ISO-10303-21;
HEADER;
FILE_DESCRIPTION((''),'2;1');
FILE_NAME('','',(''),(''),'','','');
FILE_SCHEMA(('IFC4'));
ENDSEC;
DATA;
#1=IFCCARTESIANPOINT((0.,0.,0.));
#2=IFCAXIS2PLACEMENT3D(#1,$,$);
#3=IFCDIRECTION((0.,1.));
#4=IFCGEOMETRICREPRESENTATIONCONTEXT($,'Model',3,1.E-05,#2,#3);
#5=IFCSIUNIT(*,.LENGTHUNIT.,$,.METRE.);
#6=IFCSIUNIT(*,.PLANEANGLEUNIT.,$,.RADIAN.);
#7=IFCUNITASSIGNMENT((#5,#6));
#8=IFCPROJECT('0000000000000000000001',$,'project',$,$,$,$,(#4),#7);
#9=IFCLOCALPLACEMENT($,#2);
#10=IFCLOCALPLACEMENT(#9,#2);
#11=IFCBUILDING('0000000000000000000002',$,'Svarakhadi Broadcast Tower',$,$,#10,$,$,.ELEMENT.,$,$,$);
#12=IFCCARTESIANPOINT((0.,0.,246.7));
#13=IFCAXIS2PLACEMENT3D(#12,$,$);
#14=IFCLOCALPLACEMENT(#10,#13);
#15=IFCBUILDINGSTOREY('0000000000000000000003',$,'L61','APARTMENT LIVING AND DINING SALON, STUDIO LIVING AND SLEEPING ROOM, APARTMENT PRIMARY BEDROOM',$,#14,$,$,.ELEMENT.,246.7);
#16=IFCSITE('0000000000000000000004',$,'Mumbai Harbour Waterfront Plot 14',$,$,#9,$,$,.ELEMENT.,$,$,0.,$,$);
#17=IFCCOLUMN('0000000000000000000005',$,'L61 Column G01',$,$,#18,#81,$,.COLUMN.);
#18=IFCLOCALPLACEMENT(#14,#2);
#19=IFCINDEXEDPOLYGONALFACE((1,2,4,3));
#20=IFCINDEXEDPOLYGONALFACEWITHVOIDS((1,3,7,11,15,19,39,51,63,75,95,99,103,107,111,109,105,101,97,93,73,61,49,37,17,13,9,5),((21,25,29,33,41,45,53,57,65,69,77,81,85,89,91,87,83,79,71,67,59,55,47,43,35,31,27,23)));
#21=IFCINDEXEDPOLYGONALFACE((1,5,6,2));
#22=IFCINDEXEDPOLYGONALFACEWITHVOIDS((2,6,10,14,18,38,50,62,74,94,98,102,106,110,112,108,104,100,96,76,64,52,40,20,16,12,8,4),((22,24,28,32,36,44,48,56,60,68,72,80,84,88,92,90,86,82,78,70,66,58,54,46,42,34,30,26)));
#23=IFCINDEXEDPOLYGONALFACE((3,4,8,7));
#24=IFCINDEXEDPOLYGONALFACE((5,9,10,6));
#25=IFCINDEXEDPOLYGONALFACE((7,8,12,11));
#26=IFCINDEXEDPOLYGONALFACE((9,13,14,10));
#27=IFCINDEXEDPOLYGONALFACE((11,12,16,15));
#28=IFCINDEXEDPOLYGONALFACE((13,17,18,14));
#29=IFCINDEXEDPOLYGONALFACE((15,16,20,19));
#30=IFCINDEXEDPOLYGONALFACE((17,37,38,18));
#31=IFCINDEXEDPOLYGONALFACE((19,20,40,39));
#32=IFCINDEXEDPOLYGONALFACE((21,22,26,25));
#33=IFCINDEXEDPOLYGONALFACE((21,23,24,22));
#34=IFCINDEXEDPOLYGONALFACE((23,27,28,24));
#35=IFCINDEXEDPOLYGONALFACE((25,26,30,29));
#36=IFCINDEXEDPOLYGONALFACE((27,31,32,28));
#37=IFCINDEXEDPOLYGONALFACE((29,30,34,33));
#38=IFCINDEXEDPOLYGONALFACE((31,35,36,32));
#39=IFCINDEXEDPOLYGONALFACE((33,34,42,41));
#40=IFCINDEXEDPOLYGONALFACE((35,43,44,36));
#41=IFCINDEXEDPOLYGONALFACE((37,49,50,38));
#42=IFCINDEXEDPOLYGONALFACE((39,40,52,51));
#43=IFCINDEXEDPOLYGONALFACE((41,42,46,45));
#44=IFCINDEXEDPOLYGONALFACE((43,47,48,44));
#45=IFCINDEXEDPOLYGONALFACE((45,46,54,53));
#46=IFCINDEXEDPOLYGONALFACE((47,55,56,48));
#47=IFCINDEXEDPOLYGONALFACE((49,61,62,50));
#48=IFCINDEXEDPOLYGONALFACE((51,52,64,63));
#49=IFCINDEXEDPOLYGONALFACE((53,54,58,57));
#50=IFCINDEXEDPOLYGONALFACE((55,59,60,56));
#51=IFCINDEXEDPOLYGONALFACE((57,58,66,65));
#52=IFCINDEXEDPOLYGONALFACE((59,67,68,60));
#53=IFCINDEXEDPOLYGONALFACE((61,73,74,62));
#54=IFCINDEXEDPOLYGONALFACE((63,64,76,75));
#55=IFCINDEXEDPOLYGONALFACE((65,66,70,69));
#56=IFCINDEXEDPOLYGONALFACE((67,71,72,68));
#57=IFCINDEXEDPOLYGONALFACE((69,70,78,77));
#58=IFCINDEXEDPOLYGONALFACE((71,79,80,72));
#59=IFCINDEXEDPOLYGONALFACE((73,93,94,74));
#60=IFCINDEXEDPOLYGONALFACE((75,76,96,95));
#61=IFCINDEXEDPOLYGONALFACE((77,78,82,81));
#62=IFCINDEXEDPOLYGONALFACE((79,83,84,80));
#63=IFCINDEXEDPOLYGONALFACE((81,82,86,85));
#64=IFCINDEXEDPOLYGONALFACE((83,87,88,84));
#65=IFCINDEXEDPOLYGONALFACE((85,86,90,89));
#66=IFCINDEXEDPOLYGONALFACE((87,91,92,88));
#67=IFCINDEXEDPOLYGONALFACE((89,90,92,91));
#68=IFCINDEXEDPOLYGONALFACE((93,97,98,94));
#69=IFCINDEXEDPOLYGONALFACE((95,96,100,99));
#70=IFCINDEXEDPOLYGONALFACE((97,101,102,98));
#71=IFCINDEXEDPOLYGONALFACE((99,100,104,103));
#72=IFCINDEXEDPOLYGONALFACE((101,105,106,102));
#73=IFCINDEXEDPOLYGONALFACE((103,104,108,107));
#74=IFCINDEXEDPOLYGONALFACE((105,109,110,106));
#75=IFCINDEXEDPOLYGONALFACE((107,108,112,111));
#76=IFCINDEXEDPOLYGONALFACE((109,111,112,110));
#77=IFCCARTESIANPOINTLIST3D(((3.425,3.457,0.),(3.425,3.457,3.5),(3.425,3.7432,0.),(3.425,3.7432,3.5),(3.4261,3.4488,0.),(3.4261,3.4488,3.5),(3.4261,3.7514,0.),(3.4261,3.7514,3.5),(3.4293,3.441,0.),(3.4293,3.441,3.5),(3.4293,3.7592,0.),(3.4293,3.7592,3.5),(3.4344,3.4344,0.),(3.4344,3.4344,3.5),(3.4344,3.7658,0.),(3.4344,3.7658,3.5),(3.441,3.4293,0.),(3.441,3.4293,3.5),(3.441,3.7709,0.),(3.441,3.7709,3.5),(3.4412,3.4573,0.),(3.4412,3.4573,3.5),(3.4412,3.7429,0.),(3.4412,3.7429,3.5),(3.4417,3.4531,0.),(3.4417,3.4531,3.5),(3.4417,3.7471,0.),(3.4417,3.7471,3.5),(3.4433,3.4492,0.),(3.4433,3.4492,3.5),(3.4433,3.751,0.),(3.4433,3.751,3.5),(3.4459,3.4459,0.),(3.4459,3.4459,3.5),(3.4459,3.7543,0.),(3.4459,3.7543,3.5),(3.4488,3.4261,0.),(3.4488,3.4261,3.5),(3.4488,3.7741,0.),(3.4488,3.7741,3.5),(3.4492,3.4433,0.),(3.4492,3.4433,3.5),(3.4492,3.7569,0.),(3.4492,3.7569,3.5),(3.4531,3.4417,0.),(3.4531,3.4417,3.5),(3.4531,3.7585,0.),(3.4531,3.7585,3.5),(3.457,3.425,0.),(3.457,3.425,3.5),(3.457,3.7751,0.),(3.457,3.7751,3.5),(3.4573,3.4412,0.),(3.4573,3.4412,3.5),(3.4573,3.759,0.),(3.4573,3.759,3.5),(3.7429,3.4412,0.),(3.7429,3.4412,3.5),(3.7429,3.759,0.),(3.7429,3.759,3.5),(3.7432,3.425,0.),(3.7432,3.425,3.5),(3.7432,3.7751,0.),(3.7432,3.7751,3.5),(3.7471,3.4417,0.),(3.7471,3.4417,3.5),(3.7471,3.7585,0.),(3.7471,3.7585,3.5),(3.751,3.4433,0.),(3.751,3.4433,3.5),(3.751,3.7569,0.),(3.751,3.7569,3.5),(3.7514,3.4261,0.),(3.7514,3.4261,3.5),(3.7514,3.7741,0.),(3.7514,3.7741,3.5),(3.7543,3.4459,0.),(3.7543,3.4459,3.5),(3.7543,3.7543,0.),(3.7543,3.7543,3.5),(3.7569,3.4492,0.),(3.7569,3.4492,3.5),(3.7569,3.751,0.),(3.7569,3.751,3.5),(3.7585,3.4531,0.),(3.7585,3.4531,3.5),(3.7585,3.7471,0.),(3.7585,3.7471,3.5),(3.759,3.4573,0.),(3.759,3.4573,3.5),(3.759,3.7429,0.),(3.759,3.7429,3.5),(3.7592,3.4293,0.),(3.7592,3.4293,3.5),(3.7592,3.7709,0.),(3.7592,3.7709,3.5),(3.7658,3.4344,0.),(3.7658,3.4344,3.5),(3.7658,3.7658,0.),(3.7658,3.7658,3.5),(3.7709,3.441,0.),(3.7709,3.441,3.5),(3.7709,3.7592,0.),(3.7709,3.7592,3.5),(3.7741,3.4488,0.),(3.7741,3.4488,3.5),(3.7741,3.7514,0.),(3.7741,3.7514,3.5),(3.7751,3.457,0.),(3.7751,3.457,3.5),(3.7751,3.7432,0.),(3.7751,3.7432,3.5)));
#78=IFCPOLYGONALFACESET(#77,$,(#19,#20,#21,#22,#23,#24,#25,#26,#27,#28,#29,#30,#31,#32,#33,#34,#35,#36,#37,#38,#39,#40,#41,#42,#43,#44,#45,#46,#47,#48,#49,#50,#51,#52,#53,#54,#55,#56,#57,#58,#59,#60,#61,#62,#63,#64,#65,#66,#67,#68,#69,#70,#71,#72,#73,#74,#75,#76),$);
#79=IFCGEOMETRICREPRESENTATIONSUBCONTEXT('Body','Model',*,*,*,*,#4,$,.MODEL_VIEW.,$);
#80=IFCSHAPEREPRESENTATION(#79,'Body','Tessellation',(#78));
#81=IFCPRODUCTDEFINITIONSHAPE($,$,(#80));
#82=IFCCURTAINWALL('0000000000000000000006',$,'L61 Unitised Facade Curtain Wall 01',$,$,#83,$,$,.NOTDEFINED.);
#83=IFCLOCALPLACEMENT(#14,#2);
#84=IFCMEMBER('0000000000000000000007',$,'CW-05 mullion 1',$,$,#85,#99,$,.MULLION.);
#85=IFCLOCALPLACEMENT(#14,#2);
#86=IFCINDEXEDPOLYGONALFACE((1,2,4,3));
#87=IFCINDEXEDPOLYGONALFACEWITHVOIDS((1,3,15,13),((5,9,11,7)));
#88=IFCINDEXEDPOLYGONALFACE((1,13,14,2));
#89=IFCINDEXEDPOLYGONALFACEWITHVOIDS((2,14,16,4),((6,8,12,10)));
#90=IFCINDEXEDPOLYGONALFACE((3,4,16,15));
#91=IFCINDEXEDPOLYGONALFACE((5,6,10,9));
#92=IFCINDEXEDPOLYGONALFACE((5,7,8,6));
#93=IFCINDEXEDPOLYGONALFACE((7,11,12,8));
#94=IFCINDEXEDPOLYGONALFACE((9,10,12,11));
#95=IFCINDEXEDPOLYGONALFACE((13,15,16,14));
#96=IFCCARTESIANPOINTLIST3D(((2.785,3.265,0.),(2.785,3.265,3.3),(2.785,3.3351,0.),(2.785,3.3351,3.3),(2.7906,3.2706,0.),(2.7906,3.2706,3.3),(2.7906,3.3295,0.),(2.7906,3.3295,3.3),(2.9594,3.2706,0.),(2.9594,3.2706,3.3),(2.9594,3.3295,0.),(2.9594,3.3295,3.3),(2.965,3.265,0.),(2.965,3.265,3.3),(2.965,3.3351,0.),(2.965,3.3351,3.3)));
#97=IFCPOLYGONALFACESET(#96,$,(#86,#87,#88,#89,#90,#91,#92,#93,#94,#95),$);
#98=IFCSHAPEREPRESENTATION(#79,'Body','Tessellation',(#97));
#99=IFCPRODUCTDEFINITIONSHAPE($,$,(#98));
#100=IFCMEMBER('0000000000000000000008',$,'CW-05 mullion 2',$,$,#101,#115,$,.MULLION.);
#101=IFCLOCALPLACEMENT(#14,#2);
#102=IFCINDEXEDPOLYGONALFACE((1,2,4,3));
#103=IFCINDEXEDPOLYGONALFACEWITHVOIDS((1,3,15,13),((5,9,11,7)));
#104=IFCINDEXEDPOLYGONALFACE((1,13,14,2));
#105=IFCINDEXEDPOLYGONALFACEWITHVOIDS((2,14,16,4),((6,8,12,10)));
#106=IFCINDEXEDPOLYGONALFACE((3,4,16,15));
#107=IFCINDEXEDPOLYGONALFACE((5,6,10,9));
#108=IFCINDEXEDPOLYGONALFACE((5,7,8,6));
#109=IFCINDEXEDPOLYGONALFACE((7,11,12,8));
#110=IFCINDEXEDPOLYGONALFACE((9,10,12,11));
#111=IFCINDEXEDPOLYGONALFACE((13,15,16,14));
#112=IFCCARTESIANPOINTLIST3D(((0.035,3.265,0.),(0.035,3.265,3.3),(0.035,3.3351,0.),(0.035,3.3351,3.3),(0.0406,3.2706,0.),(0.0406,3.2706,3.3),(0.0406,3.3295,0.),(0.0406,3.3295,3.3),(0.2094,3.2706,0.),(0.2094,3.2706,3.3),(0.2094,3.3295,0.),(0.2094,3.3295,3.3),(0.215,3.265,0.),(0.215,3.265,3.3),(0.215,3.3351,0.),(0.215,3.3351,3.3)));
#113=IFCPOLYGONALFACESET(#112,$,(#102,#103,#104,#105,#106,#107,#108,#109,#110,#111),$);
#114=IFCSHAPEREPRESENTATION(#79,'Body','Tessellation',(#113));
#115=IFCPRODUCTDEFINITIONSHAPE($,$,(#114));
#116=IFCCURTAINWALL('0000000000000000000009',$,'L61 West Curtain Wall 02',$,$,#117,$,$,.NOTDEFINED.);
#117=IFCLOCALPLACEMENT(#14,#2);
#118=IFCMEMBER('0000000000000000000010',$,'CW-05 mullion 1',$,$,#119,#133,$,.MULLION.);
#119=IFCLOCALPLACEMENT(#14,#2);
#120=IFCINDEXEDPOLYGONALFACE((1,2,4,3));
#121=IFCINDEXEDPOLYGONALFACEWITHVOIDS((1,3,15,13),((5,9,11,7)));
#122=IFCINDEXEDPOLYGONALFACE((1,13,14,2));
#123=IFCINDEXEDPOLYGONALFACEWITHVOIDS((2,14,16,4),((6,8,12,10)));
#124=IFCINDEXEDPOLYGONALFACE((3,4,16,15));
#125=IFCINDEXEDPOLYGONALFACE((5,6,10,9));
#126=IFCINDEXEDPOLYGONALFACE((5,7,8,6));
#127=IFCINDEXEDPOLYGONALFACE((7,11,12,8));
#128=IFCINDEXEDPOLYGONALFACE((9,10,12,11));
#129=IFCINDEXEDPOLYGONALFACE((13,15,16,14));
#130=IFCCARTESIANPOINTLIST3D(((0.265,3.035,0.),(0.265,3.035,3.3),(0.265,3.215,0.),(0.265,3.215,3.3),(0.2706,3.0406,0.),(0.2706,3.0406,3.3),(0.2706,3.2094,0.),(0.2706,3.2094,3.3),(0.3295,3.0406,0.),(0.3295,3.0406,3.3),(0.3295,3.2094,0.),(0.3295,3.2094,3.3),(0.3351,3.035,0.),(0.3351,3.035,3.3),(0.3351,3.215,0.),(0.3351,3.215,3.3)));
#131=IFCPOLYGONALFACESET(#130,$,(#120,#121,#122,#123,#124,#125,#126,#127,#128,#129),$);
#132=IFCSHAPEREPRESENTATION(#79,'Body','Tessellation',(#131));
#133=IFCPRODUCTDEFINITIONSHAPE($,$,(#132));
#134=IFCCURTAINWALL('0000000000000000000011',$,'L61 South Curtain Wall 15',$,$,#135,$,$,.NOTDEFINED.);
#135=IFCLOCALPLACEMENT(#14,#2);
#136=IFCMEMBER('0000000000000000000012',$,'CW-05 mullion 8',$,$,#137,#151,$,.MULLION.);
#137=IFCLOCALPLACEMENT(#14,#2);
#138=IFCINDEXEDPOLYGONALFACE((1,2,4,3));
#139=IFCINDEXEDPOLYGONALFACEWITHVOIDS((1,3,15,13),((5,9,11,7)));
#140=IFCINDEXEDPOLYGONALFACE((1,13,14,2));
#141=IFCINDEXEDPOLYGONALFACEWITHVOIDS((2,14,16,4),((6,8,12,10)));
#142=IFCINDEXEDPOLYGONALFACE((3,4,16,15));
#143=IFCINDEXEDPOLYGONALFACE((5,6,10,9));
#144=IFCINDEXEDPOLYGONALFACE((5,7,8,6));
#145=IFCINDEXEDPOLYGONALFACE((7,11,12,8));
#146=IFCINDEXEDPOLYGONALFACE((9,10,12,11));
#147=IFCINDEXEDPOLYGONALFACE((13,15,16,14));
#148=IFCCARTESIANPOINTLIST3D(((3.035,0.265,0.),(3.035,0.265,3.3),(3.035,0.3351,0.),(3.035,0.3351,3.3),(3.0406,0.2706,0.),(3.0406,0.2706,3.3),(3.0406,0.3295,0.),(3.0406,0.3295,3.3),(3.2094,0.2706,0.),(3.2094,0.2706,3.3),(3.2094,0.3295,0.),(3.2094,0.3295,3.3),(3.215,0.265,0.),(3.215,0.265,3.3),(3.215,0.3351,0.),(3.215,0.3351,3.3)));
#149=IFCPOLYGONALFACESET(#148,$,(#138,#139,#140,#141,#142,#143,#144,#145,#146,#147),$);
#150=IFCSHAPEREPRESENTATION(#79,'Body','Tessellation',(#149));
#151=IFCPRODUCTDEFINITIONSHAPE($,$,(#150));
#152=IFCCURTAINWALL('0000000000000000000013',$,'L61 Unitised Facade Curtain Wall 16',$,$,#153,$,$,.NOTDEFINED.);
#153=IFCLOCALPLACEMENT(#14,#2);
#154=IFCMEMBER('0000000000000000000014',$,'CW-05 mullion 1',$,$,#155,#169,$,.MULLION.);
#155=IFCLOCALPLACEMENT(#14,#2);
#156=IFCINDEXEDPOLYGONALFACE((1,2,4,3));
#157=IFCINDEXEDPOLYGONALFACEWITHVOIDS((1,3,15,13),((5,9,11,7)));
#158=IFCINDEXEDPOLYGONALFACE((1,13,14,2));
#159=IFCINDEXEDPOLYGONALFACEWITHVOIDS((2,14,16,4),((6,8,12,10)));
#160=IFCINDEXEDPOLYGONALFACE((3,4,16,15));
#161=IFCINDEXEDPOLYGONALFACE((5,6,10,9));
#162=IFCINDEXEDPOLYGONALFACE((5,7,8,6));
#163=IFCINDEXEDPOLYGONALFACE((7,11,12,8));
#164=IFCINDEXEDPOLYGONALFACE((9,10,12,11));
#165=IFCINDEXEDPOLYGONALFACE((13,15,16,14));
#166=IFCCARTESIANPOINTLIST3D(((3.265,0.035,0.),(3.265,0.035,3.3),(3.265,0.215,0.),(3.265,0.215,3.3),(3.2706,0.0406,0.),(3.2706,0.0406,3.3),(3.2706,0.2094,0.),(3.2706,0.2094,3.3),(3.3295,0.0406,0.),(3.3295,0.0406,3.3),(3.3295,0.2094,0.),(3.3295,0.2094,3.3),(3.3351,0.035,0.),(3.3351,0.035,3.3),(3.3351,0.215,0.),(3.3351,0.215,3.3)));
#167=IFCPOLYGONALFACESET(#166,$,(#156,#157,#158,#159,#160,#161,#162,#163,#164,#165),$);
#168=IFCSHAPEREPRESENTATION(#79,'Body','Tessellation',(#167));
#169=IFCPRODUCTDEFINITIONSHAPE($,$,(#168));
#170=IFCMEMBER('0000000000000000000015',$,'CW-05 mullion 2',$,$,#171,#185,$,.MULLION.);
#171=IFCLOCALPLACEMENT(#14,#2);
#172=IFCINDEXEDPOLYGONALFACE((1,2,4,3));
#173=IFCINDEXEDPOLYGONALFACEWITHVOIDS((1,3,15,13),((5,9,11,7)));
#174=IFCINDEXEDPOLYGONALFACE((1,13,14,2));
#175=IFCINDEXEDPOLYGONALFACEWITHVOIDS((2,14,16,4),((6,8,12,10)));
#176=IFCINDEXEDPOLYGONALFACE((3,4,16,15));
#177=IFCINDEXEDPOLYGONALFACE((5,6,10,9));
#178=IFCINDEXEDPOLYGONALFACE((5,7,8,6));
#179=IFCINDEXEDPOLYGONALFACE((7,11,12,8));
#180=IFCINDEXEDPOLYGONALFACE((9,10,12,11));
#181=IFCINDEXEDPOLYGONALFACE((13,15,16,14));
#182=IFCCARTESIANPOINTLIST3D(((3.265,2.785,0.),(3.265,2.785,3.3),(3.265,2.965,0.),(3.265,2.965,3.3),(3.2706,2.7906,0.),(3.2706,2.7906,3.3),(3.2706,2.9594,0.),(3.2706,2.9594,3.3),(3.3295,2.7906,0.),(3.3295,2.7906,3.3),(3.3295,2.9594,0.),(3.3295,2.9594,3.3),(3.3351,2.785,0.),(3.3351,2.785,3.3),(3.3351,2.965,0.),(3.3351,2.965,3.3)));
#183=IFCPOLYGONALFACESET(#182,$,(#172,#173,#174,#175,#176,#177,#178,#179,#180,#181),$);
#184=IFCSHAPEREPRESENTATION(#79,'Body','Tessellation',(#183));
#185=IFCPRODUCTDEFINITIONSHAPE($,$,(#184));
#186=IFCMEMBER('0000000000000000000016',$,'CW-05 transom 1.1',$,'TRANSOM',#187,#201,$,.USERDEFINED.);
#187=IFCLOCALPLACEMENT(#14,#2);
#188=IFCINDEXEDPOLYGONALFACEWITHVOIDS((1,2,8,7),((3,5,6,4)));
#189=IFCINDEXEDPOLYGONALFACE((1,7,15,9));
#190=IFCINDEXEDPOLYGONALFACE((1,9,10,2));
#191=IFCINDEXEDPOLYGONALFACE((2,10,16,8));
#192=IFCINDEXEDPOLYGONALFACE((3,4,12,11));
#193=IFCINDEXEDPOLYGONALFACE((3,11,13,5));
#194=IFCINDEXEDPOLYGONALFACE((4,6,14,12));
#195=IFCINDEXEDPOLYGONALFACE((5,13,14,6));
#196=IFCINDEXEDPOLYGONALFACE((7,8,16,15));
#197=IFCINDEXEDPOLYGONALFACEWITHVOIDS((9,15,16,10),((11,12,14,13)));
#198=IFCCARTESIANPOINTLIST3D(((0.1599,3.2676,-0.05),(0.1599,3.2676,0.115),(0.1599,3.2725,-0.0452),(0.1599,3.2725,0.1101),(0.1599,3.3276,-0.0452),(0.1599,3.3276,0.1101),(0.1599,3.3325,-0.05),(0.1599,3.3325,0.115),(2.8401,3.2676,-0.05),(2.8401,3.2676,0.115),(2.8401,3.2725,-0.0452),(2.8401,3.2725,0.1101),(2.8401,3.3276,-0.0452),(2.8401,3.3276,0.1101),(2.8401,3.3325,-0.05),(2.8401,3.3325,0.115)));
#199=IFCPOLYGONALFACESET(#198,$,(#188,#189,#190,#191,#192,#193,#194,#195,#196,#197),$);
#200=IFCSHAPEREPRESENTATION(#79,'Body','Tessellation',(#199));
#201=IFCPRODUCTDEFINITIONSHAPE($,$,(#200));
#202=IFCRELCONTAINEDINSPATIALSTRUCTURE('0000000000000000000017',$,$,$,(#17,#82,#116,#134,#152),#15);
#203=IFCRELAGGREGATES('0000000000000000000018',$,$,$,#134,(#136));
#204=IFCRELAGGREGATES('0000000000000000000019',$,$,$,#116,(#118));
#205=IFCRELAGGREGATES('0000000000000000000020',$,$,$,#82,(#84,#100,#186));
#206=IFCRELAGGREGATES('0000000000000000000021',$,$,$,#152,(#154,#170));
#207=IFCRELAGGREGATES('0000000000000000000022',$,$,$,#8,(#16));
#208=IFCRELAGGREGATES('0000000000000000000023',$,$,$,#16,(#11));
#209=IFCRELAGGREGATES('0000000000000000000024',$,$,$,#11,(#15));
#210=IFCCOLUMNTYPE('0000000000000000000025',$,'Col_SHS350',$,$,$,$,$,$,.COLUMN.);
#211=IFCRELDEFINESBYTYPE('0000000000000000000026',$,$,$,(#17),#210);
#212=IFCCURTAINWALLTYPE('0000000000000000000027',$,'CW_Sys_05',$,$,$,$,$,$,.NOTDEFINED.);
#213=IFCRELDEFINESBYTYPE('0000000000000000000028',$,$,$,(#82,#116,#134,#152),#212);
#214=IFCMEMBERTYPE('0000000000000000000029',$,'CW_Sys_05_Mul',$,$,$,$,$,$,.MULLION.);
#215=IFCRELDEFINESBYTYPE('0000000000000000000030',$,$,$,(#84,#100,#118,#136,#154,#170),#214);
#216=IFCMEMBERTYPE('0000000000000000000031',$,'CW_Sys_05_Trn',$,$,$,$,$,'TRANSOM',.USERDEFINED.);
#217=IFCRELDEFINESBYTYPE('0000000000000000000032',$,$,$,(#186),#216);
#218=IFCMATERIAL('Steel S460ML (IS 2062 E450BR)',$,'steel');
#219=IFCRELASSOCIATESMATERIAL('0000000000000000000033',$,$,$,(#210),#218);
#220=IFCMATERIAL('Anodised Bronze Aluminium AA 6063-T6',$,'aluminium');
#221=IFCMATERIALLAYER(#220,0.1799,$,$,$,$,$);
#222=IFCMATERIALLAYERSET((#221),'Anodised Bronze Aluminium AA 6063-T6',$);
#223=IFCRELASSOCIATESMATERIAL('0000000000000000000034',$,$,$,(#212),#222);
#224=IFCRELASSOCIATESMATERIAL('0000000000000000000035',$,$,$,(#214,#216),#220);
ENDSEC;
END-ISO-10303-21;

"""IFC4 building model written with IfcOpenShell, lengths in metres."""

from ifc_helpers import new_model, si_unit, direction, frame, origin, origin_2d, place, context, subcontext, project, spatial, hollow_rectangle, extrude, material, layer, layer_set, material_profile, profile_set, type_object, element, aggregate, save


model = new_model("IFC4")

# Units and contexts
model_context = context("Model", 3, precision=1e-05, world=origin(), true_north=direction((0.0, 1.0)))
body_context = subcontext(model_context, "Body", "Model", "MODEL_VIEW")
ifc_project = project(units=[si_unit("LENGTHUNIT", "METRE"), si_unit("PLANEANGLEUNIT", "RADIAN")], contexts=[model_context])

# Site, building, storey
site_placement = place(None, origin())
site = spatial("IfcSite", under=ifc_project, at=site_placement, Name="Mumbai Harbour Waterfront Plot 14", CompositionType="ELEMENT", RefElevation=0.0)
building_placement = place(site_placement, origin())
building = spatial("IfcBuilding", under=site, at=building_placement, Name="Svarakhadi Broadcast Tower", CompositionType="ELEMENT")
storey_placement = place(building_placement, frame((0.0, 0.0, 246.7)))
storey = spatial("IfcBuildingStorey", under=building, at=storey_placement, Name="L61", Description="APARTMENT LIVING AND DINING SALON, STUDIO LIVING AND SLEEPING ROOM, APARTMENT PRIMARY BEDROOM", CompositionType="ELEMENT", Elevation=246.7)

# Column
ifc_material_1 = material(Name="Steel S460ML (IS 2062 E450BR)", Category="steel")
ifc_material_profile_1 = material_profile(ifc_material_1, hollow_rectangle(XDim=0.3501, YDim=0.3501, WallThickness=0.0161, InnerFilletRadius=0.0161, OuterFilletRadius=0.032, at=origin_2d()), Name="SHS 350x350x16")
ifc_profile_set_1 = profile_set([ifc_material_profile_1], Name="Steel S460ML (IS 2062 E450BR)")
column_type = type_object("IfcColumnType", Name="Col_SHS350", PredefinedType="COLUMN", material=ifc_profile_set_1)
column_placement = place(storey_placement, frame((3.6001, 3.6001, 0.0), z_axis=(0.0, 0.0, 1.0), x_axis=(1.0, 0.0, 0.0)))
element("IfcColumn", 1, at=column_placement, inside=storey, type_object=column_type, Name="L61 Column G01", PredefinedType="COLUMN", context=body_context, shape_type="SweptSolid", body=[
    extrude(hollow_rectangle(XDim=0.3501, YDim=0.3501, WallThickness=0.0161, InnerFilletRadius=0.0161, OuterFilletRadius=0.032, at=origin_2d()), origin(), (0.0, 0.0, 1.0), 3.5),
])

# Curtain wall, members
ifc_material_2 = material(Name="Anodised Bronze Aluminium AA 6063-T6", Category="aluminium")
ifc_layer_1 = layer(ifc_material_2, 0.1799)
ifc_layer_set_1 = layer_set([ifc_layer_1], Name="Anodised Bronze Aluminium AA 6063-T6")
curtain_wall_type = type_object("IfcCurtainWallType", Name="CW_Sys_05", PredefinedType="NOTDEFINED", material=ifc_layer_set_1)
curtain_wall_1_placement = place(storey_placement, origin())
curtain_wall_1 = element("IfcCurtainWall", 2, at=curtain_wall_1_placement, inside=storey, type_object=curtain_wall_type, Name="L61 Unitised Facade Curtain Wall 01", PredefinedType="NOTDEFINED")
ifc_material_profile_2 = material_profile(ifc_material_2, hollow_rectangle(XDim=0.0701, YDim=0.1799, WallThickness=0.0056, at=origin_2d()), Name="ALU MULLION 180x70x6")
ifc_profile_set_2 = profile_set([ifc_material_profile_2], Name="Anodised Bronze Aluminium AA 6063-T6")
member_type_1 = type_object("IfcMemberType", Name="CW_Sys_05_Mul", PredefinedType="MULLION", material=ifc_profile_set_2)
member_1_placement = place(storey_placement, frame((2.875, 3.3, 0.0), z_axis=(0.0, 0.0, 1.0), x_axis=(0.0, -1.0, 0.0)))
member_1 = element("IfcMember", 3, at=member_1_placement, type_object=member_type_1, Name="CW-05 mullion 1", PredefinedType="MULLION", context=body_context, shape_type="SweptSolid", body=[
    extrude(hollow_rectangle(XDim=0.0701, YDim=0.1799, WallThickness=0.0056, at=origin_2d()), origin(), (0.0, 0.0, 1.0), 3.3),
])
member_2_placement = place(storey_placement, frame((0.125, 3.3, 0.0), z_axis=(0.0, 0.0, 1.0), x_axis=(0.0, -1.0, 0.0)))
member_2 = element("IfcMember", 4, at=member_2_placement, type_object=member_type_1, Name="CW-05 mullion 2", PredefinedType="MULLION", context=body_context, shape_type="SweptSolid", body=[
    extrude(hollow_rectangle(XDim=0.0701, YDim=0.1799, WallThickness=0.0056, at=origin_2d()), origin(), (0.0, 0.0, 1.0), 3.3),
])

# Curtain walls, members
curtain_wall_2_placement = place(storey_placement, origin())
curtain_wall_2 = element("IfcCurtainWall", 5, at=curtain_wall_2_placement, inside=storey, type_object=curtain_wall_type, Name="L61 West Curtain Wall 02", PredefinedType="NOTDEFINED")
member_3_placement = place(storey_placement, frame((0.3, 3.125, 0.0), z_axis=(0.0, 0.0, 1.0), x_axis=(-1.0, 0.0, 0.0)))
member_3 = element("IfcMember", 6, at=member_3_placement, type_object=member_type_1, Name="CW-05 mullion 1", PredefinedType="MULLION", context=body_context, shape_type="SweptSolid", body=[
    extrude(hollow_rectangle(XDim=0.0701, YDim=0.1799, WallThickness=0.0056, at=origin_2d()), origin(), (0.0, 0.0, 1.0), 3.3),
])
curtain_wall_3_placement = place(storey_placement, origin())
curtain_wall_3 = element("IfcCurtainWall", 7, at=curtain_wall_3_placement, inside=storey, type_object=curtain_wall_type, Name="L61 South Curtain Wall 15", PredefinedType="NOTDEFINED")
member_4_placement = place(storey_placement, frame((3.125, 0.3, 0.0), z_axis=(0.0, 0.0, 1.0), x_axis=(0.0, -1.0, 0.0)))
member_4 = element("IfcMember", 8, at=member_4_placement, type_object=member_type_1, Name="CW-05 mullion 8", PredefinedType="MULLION", context=body_context, shape_type="SweptSolid", body=[
    extrude(hollow_rectangle(XDim=0.0701, YDim=0.1799, WallThickness=0.0056, at=origin_2d()), origin(), (0.0, 0.0, 1.0), 3.3),
])
aggregate(curtain_wall_3, [member_4])

# Curtain wall, members
curtain_wall_4_placement = place(storey_placement, origin())
curtain_wall_4 = element("IfcCurtainWall", 9, at=curtain_wall_4_placement, inside=storey, type_object=curtain_wall_type, Name="L61 Unitised Facade Curtain Wall 16", PredefinedType="NOTDEFINED")
member_5_placement = place(storey_placement, frame((3.3, 0.125, 0.0), z_axis=(0.0, 0.0, 1.0), x_axis=(-1.0, 0.0, 0.0)))
member_5 = element("IfcMember", 10, at=member_5_placement, type_object=member_type_1, Name="CW-05 mullion 1", PredefinedType="MULLION", context=body_context, shape_type="SweptSolid", body=[
    extrude(hollow_rectangle(XDim=0.0701, YDim=0.1799, WallThickness=0.0056, at=origin_2d()), origin(), (0.0, 0.0, 1.0), 3.3),
])
member_6_placement = place(storey_placement, frame((3.3, 2.875, 0.0), z_axis=(0.0, 0.0, 1.0), x_axis=(-1.0, 0.0, 0.0)))
member_6 = element("IfcMember", 11, at=member_6_placement, type_object=member_type_1, Name="CW-05 mullion 2", PredefinedType="MULLION", context=body_context, shape_type="SweptSolid", body=[
    extrude(hollow_rectangle(XDim=0.0701, YDim=0.1799, WallThickness=0.0056, at=origin_2d()), origin(), (0.0, 0.0, 1.0), 3.3),
])

# Member
ifc_material_profile_3 = material_profile(ifc_material_2, hollow_rectangle(XDim=0.0649, YDim=0.165, WallThickness=0.0049, at=origin_2d()), Name="ALU TRANSOM 165x65x5")
ifc_profile_set_3 = profile_set([ifc_material_profile_3], Name="Anodised Bronze Aluminium AA 6063-T6")
member_type_2 = type_object("IfcMemberType", Name="CW_Sys_05_Trn", ElementType="TRANSOM", PredefinedType="USERDEFINED", material=ifc_profile_set_3)
member_7_placement = place(storey_placement, frame((2.8401, 3.3, 0.0325), z_axis=(-1.0, 0.0, 0.0), x_axis=(0.0, -1.0, 0.0)))
member_7 = element("IfcMember", 12, at=member_7_placement, type_object=member_type_2, Name="CW-05 transom 1.1", ObjectType="TRANSOM", PredefinedType="USERDEFINED", context=body_context, shape_type="SweptSolid", body=[
    extrude(hollow_rectangle(XDim=0.0649, YDim=0.165, WallThickness=0.0049, at=origin_2d()), origin(), (0.0, 0.0, 1.0), 2.6802),
])
aggregate(curtain_wall_2, [member_3])

aggregate(curtain_wall_1, [member_1, member_2, member_7])
aggregate(curtain_wall_4, [member_5, member_6])

save(model, "model.ifc")
